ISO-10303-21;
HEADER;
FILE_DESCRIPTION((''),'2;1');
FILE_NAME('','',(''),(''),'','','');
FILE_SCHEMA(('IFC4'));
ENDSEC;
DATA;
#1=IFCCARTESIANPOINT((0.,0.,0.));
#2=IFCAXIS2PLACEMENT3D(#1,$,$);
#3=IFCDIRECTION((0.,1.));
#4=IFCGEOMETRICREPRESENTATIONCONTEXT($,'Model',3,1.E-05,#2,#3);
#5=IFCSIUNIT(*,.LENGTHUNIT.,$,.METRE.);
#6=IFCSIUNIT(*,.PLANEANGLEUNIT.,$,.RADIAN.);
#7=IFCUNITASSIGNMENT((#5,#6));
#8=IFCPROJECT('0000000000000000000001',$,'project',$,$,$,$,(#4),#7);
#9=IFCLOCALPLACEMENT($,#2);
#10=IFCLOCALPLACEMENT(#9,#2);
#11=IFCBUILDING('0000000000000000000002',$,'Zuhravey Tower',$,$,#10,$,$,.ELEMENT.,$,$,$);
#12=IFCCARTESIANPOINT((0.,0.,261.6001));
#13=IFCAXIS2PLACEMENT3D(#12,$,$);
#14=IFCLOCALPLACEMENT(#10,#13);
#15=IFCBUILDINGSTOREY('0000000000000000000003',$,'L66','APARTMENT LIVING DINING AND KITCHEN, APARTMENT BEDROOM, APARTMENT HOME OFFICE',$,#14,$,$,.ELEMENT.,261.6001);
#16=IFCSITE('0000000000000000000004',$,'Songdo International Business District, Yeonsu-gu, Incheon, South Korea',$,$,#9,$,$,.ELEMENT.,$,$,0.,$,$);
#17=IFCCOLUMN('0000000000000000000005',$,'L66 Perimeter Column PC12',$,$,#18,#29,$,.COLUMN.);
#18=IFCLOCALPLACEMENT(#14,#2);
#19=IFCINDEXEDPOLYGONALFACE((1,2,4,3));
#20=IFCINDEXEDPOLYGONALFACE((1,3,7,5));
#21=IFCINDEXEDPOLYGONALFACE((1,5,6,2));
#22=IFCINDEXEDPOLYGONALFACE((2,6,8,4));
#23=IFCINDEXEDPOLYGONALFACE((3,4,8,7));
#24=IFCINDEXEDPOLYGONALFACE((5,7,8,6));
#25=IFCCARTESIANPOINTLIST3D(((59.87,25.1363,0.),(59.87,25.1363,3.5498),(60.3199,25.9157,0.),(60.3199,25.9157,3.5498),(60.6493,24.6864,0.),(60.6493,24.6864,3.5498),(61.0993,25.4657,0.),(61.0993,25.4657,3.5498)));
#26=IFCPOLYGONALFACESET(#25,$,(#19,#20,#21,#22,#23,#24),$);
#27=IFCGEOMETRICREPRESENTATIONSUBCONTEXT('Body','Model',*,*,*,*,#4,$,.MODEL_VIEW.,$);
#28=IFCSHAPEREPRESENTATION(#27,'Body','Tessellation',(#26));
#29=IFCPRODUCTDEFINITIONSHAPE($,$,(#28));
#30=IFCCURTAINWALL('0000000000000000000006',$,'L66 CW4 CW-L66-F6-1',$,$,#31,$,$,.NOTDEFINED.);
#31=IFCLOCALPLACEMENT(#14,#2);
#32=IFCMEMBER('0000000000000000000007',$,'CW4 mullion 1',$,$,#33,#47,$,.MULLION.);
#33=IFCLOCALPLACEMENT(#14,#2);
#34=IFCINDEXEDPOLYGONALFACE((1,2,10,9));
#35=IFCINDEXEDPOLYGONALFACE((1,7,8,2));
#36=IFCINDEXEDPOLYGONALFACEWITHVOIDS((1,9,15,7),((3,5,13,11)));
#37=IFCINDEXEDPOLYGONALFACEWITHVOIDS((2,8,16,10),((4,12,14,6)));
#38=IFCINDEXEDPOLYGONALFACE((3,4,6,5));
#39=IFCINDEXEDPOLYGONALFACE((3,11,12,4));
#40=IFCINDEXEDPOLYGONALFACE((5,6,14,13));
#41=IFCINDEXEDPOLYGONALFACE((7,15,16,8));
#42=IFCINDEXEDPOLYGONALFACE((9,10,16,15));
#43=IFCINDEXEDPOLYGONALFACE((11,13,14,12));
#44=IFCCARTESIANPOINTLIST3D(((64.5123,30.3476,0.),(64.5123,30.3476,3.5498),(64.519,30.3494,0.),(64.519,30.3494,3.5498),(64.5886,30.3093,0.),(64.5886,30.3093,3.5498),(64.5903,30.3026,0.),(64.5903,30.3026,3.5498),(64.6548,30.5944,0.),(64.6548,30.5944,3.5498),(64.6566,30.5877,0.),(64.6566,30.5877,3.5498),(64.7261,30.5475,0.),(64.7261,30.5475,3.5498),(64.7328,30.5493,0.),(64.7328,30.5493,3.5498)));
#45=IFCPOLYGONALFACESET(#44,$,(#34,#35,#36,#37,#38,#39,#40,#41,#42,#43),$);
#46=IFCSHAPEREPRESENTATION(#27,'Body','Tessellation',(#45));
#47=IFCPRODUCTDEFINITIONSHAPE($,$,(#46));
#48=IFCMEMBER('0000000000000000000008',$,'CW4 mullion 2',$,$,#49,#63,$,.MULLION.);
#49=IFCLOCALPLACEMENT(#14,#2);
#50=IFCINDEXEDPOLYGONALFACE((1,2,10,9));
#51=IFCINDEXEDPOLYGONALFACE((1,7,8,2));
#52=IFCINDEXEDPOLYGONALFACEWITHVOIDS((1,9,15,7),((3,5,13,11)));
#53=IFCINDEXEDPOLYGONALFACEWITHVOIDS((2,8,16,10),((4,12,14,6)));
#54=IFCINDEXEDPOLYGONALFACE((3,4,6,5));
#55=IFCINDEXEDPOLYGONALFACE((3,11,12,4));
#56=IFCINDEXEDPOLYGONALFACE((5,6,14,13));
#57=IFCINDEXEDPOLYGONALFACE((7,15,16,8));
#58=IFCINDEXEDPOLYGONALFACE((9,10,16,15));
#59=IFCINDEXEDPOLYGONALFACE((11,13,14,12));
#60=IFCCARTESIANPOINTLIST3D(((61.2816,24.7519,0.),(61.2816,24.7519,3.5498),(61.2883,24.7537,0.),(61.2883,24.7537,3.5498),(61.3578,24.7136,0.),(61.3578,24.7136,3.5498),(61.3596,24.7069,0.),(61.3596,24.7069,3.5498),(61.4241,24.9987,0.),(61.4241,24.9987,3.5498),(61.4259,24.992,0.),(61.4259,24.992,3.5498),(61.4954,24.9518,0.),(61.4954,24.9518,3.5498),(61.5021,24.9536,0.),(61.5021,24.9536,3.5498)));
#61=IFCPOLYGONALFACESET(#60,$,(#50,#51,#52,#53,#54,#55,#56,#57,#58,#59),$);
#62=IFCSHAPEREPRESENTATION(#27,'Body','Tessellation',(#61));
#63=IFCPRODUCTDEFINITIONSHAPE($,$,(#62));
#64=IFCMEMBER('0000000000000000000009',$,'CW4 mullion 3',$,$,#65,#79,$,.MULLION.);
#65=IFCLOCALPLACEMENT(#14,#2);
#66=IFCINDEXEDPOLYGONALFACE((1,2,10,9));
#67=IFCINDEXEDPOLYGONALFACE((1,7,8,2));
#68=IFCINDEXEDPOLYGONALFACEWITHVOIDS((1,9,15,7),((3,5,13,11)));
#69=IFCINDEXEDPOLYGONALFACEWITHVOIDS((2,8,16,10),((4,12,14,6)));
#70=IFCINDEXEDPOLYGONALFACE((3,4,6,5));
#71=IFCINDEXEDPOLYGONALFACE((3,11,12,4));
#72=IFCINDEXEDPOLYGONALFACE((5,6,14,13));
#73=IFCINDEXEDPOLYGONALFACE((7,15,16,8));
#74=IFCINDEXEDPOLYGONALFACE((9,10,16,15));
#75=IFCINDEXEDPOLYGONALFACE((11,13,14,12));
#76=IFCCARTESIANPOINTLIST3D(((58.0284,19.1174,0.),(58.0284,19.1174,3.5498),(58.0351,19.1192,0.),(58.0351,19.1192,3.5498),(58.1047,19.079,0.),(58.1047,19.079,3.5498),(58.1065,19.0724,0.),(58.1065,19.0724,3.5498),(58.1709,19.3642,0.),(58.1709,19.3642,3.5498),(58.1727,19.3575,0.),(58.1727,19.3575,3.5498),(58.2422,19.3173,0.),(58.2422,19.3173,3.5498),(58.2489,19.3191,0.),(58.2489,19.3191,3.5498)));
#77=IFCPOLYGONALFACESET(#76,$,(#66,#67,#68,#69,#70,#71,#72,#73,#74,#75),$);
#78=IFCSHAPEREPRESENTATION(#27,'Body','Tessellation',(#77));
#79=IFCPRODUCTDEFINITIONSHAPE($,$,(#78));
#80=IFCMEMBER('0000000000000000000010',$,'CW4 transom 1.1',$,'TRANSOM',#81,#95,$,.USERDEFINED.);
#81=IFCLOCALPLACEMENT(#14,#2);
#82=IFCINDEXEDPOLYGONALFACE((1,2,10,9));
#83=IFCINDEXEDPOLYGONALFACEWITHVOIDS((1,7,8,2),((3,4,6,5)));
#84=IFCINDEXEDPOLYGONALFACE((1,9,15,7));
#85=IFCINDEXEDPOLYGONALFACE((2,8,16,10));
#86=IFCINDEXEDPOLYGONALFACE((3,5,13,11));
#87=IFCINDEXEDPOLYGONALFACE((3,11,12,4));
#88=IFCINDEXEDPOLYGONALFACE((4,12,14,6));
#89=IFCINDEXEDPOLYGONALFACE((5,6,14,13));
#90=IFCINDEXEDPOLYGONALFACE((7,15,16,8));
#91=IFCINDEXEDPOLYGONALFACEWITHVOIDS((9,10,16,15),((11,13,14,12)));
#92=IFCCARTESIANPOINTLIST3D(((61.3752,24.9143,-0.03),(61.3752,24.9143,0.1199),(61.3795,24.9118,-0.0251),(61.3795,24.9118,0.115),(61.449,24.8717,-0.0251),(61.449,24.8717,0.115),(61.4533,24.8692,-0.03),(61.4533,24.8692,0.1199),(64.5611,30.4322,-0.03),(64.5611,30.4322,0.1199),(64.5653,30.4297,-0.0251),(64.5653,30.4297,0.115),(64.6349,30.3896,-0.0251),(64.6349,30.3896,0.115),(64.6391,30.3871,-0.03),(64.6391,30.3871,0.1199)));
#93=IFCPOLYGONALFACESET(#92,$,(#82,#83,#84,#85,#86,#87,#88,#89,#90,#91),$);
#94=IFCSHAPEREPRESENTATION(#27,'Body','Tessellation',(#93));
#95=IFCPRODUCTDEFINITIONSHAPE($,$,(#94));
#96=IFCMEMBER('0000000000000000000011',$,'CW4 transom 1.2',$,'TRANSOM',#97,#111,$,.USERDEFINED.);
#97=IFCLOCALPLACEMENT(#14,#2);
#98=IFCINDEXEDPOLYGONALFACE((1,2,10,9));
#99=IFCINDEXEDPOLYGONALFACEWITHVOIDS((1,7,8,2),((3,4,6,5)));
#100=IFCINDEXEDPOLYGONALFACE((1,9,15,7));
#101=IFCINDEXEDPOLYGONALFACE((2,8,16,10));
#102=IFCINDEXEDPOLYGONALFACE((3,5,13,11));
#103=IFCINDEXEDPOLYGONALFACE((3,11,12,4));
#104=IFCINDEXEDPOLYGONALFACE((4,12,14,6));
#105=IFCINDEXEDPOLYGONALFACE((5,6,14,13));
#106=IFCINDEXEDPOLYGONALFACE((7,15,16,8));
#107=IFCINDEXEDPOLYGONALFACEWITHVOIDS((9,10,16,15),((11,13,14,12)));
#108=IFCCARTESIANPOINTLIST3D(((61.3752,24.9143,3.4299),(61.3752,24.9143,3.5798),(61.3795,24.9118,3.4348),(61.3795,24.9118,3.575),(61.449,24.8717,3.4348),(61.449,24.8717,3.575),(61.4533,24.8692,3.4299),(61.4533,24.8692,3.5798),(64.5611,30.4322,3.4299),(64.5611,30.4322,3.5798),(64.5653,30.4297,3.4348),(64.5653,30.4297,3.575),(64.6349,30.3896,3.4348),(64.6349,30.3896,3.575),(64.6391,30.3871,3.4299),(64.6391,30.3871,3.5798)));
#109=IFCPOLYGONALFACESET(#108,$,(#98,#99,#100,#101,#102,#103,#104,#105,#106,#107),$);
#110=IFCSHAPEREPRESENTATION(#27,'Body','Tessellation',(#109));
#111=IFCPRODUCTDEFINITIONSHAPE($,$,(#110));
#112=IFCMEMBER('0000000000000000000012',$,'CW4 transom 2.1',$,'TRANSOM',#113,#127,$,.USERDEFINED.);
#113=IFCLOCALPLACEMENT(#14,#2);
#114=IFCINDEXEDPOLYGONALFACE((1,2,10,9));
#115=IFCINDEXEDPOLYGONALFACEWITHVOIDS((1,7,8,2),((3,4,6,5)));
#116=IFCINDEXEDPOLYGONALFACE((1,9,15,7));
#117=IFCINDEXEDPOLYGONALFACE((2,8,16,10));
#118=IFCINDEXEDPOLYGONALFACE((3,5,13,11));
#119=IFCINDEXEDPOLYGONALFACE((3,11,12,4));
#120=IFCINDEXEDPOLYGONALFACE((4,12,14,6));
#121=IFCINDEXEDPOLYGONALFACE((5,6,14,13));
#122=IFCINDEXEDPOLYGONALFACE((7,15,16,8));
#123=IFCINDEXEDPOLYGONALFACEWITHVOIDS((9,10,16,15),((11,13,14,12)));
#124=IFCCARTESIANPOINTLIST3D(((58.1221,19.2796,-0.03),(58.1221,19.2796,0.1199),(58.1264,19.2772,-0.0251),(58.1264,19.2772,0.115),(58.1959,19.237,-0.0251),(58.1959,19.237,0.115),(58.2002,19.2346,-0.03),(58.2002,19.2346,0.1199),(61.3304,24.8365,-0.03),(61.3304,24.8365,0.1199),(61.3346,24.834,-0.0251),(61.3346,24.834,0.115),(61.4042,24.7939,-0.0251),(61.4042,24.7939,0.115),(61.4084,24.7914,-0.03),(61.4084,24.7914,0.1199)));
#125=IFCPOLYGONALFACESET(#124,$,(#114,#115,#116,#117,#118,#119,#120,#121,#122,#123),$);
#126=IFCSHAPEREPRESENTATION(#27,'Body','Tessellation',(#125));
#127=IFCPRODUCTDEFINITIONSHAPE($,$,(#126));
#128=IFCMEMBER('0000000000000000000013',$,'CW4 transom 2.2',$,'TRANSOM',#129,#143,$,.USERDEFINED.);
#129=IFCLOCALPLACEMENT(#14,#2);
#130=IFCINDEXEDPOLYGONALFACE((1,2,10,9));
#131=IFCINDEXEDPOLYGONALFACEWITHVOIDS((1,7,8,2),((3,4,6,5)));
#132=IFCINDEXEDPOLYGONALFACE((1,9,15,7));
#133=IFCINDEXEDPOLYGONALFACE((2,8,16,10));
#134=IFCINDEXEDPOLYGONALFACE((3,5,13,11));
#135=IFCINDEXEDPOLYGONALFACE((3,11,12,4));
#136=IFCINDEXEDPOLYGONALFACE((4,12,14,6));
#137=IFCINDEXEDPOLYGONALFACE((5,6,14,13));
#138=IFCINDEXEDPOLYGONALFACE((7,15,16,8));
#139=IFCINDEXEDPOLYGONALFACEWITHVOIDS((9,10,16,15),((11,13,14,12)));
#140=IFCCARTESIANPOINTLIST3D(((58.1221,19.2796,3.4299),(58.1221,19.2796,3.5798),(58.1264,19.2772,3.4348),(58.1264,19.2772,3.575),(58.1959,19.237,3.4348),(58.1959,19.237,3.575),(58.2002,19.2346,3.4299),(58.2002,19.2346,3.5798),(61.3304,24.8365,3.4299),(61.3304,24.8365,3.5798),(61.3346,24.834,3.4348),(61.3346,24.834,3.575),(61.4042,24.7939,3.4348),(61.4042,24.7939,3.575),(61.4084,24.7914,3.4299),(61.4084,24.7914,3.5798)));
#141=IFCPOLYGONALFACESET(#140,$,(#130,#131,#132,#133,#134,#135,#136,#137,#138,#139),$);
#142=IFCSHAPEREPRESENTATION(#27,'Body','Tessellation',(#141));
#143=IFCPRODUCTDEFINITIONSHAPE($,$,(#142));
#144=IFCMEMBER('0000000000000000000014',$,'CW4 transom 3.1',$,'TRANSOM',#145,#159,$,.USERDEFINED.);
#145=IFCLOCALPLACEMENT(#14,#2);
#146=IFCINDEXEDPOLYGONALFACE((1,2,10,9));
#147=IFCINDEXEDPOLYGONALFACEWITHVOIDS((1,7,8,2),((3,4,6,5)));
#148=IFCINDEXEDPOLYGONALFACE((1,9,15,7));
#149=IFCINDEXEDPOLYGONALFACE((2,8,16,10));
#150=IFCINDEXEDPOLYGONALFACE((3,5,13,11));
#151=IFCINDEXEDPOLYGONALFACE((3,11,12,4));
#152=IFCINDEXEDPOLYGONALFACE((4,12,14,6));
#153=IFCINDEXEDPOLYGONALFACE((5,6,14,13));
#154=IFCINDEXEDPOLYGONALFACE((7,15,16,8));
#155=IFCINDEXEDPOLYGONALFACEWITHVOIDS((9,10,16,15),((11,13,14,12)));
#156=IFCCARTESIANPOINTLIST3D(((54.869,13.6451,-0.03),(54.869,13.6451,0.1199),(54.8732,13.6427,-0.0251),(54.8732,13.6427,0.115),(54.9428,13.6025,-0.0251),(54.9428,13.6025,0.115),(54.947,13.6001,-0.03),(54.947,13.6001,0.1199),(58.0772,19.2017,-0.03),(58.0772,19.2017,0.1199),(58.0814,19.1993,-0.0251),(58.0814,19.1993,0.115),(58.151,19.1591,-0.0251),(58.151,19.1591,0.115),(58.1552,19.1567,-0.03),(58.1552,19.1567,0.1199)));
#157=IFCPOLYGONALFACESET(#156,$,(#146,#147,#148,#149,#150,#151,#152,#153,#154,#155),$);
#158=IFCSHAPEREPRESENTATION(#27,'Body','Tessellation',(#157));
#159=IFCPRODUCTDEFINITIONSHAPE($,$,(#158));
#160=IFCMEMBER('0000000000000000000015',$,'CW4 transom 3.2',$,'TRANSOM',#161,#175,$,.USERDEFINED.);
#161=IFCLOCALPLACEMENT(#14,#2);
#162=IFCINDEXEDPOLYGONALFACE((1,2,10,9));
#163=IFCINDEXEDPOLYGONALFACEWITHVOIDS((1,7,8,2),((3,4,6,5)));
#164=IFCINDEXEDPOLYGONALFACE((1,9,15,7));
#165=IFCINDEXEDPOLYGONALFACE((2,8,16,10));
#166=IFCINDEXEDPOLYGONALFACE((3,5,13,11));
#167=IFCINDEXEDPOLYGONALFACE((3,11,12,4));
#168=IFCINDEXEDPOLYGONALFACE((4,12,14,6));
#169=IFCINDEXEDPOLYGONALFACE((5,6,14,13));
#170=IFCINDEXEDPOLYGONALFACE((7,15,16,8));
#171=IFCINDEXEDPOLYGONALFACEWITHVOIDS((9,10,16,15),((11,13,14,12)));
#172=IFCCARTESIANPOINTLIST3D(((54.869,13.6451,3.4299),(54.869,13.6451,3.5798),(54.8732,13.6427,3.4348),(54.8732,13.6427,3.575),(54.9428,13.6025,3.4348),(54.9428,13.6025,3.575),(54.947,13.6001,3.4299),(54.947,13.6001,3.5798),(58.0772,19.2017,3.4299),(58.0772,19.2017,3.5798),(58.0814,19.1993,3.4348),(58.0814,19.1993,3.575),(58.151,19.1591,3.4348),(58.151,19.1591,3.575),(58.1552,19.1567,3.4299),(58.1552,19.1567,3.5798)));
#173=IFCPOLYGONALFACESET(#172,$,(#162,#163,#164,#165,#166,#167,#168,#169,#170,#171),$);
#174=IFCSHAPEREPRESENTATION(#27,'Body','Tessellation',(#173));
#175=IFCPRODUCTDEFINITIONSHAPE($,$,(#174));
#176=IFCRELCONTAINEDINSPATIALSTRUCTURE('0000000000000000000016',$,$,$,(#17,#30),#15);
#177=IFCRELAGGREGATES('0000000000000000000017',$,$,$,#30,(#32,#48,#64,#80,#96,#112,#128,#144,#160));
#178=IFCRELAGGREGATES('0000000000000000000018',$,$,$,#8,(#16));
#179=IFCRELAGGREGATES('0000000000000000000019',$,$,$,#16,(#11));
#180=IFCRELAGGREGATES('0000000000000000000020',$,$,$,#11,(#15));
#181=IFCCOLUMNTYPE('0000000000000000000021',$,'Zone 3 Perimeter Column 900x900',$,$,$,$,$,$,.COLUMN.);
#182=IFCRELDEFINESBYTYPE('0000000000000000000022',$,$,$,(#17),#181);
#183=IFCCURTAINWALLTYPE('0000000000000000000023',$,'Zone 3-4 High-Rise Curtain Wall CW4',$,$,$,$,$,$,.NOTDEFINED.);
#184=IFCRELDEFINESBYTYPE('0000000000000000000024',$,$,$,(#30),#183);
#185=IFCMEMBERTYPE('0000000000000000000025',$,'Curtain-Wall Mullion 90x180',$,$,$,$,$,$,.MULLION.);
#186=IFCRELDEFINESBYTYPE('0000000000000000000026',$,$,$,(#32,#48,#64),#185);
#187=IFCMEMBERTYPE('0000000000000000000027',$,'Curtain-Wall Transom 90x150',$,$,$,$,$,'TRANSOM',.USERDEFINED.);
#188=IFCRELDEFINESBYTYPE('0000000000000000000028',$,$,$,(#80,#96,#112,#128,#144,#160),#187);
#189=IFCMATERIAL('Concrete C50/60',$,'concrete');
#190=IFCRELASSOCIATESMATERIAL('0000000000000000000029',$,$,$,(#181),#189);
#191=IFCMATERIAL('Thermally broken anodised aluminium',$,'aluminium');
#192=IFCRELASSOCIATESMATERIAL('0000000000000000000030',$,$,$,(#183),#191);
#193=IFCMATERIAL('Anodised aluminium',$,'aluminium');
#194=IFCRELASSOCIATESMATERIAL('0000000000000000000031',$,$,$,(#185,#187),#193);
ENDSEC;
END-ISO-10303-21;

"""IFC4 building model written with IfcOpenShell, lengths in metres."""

from ifc_helpers import new_model, si_unit, direction, frame, origin, origin_2d, place, context, subcontext, project, spatial, rectangle, hollow_rectangle, extrude, material, material_profile, profile_set, type_object, element, aggregate, save


model = new_model("IFC4")

# Units and contexts
model_context = context("Model", 3, precision=1e-05, world=origin(), true_north=direction((0.0, 1.0)))
body_context = subcontext(model_context, "Body", "Model", "MODEL_VIEW")
ifc_project = project(units=[si_unit("LENGTHUNIT", "METRE"), si_unit("PLANEANGLEUNIT", "RADIAN")], contexts=[model_context])

# Site, building, storey
site_placement = place(None, origin())
site = spatial("IfcSite", under=ifc_project, at=site_placement, Name="Songdo International Business District, Yeonsu-gu, Incheon, South Korea", CompositionType="ELEMENT", RefElevation=0.0)
building_placement = place(site_placement, origin())
building = spatial("IfcBuilding", under=site, at=building_placement, Name="Zuhravey Tower", CompositionType="ELEMENT")
storey_placement = place(building_placement, frame((0.0, 0.0, 261.6001)))
storey = spatial("IfcBuildingStorey", under=building, at=storey_placement, Name="L66", Description="APARTMENT LIVING DINING AND KITCHEN, APARTMENT BEDROOM, APARTMENT HOME OFFICE", CompositionType="ELEMENT", Elevation=261.6001)

# Column
ifc_material_1 = material(Name="Concrete C50/60", Category="concrete")
ifc_material_profile_1 = material_profile(ifc_material_1, rectangle(XDim=0.8999, YDim=0.8999, at=origin_2d()), Name="RC-900x900")
ifc_profile_set_1 = profile_set([ifc_material_profile_1], Name="Concrete C50/60")
column_type = type_object("IfcColumnType", Name="Zone 3 Perimeter Column 900x900", PredefinedType="COLUMN", material=ifc_profile_set_1)
column_placement = place(storey_placement, frame((60.4846, 25.301, 0.0), z_axis=(0.0, 0.0, 1.0), x_axis=(0.5, 0.866025, 0.0)))
element("IfcColumn", 1, at=column_placement, inside=storey, type_object=column_type, Name="L66 Perimeter Column PC12", PredefinedType="COLUMN", context=body_context, shape_type="SweptSolid", body=[
    extrude(rectangle(XDim=0.8999, YDim=0.8999, at=origin_2d()), origin(), (0.0, 0.0, 1.0), 3.5498),
])

# Curtain wall, members
ifc_material_2 = material(Name="Thermally broken anodised aluminium", Category="aluminium")
curtain_wall_type = type_object("IfcCurtainWallType", Name="Zone 3-4 High-Rise Curtain Wall CW4", PredefinedType="NOTDEFINED", material=ifc_material_2)
curtain_wall_placement = place(storey_placement, origin())
curtain_wall = element("IfcCurtainWall", 2, at=curtain_wall_placement, inside=storey, type_object=curtain_wall_type, Name="L66 CW4 CW-L66-F6-1", PredefinedType="NOTDEFINED")
ifc_material_3 = material(Name="Anodised aluminium", Category="aluminium")
ifc_material_profile_2 = material_profile(ifc_material_3, hollow_rectangle(XDim=0.0901, YDim=0.2849, WallThickness=0.0049, at=origin_2d()), Name="ALU-RHS-90x285x5")
ifc_profile_set_2 = profile_set([ifc_material_profile_2], Name="Anodised aluminium")
member_type_1 = type_object("IfcMemberType", Name="Curtain-Wall Mullion 90x180", PredefinedType="MULLION", material=ifc_profile_set_2)
member_1_placement = place(storey_placement, frame((64.6226, 30.4485, 0.0), z_axis=(0.0, 0.0, 1.0), x_axis=(0.866025, -0.500001, 0.0)))
member_1 = element("IfcMember", 3, at=member_1_placement, type_object=member_type_1, Name="CW4 mullion 1", PredefinedType="MULLION", context=body_context, shape_type="SweptSolid", body=[
    extrude(hollow_rectangle(XDim=0.0901, YDim=0.2849, WallThickness=0.0049, at=origin_2d()), origin(), (0.0, 0.0, 1.0), 3.5498),
])
member_2_placement = place(storey_placement, frame((61.3918, 24.8528, 0.0), z_axis=(0.0, 0.0, 1.0), x_axis=(0.866025, -0.500001, 0.0)))
member_2 = element("IfcMember", 4, at=member_2_placement, type_object=member_type_1, Name="CW4 mullion 2", PredefinedType="MULLION", context=body_context, shape_type="SweptSolid", body=[
    extrude(hollow_rectangle(XDim=0.0901, YDim=0.2849, WallThickness=0.0049, at=origin_2d()), origin(), (0.0, 0.0, 1.0), 3.5498),
])
member_3_placement = place(storey_placement, frame((58.1387, 19.2183, 0.0), z_axis=(0.0, 0.0, 1.0), x_axis=(0.866025, -0.500001, 0.0)))
member_3 = element("IfcMember", 5, at=member_3_placement, type_object=member_type_1, Name="CW4 mullion 3", PredefinedType="MULLION", context=body_context, shape_type="SweptSolid", body=[
    extrude(hollow_rectangle(XDim=0.0901, YDim=0.2849, WallThickness=0.0049, at=origin_2d()), origin(), (0.0, 0.0, 1.0), 3.5498),
])
ifc_material_profile_3 = material_profile(ifc_material_3, hollow_rectangle(XDim=0.0901, YDim=0.1499, WallThickness=0.0049, at=origin_2d()), Name="ALU-RHS-90x150x5")
ifc_profile_set_3 = profile_set([ifc_material_profile_3], Name="Anodised aluminium")
member_type_2 = type_object("IfcMemberType", Name="Curtain-Wall Transom 90x150", ElementType="TRANSOM", PredefinedType="USERDEFINED", material=ifc_profile_set_3)
member_4_placement = place(storey_placement, frame((64.6001, 30.4097, 0.0449), z_axis=(-0.500009, -0.86602, 0.0), x_axis=(0.86602, -0.500009, 0.0)))
member_4 = element("IfcMember", 6, at=member_4_placement, type_object=member_type_2, Name="CW4 transom 1.1", ObjectType="TRANSOM", PredefinedType="USERDEFINED", context=body_context, shape_type="SweptSolid", body=[
    extrude(hollow_rectangle(XDim=0.0901, YDim=0.1499, WallThickness=0.0049, at=origin_2d()), origin(), (0.0, 0.0, 1.0), 6.3716),
])
member_5_placement = place(storey_placement, frame((64.6001, 30.4097, 3.5049), z_axis=(-0.500009, -0.86602, 0.0), x_axis=(0.86602, -0.500009, 0.0)))
member_5 = element("IfcMember", 7, at=member_5_placement, type_object=member_type_2, Name="CW4 transom 1.2", ObjectType="TRANSOM", PredefinedType="USERDEFINED", context=body_context, shape_type="SweptSolid", body=[
    extrude(hollow_rectangle(XDim=0.0901, YDim=0.1499, WallThickness=0.0049, at=origin_2d()), origin(), (0.0, 0.0, 1.0), 6.3716),
])
member_6_placement = place(storey_placement, frame((61.3694, 24.814, 0.0449), z_axis=(-0.499998, -0.866027, 0.0), x_axis=(0.866027, -0.499998, 0.0)))
member_6 = element("IfcMember", 8, at=member_6_placement, type_object=member_type_2, Name="CW4 transom 2.1", ObjectType="TRANSOM", PredefinedType="USERDEFINED", context=body_context, shape_type="SweptSolid", body=[
    extrude(hollow_rectangle(XDim=0.0901, YDim=0.1499, WallThickness=0.0049, at=origin_2d()), origin(), (0.0, 0.0, 1.0), 6.4165),
])
member_7_placement = place(storey_placement, frame((61.3694, 24.814, 3.5049), z_axis=(-0.499998, -0.866027, 0.0), x_axis=(0.866027, -0.499998, 0.0)))
member_7 = element("IfcMember", 9, at=member_7_placement, type_object=member_type_2, Name="CW4 transom 2.2", ObjectType="TRANSOM", PredefinedType="USERDEFINED", context=body_context, shape_type="SweptSolid", body=[
    extrude(hollow_rectangle(XDim=0.0901, YDim=0.1499, WallThickness=0.0049, at=origin_2d()), origin(), (0.0, 0.0, 1.0), 6.4165),
])
member_8_placement = place(storey_placement, frame((58.1162, 19.1792, 0.0449), z_axis=(-0.500014, -0.866017, 0.0), x_axis=(0.866017, -0.500014, 0.0)))
member_8 = element("IfcMember", 10, at=member_8_placement, type_object=member_type_2, Name="CW4 transom 3.1", ObjectType="TRANSOM", PredefinedType="USERDEFINED", context=body_context, shape_type="SweptSolid", body=[
    extrude(hollow_rectangle(XDim=0.0901, YDim=0.1499, WallThickness=0.0049, at=origin_2d()), origin(), (0.0, 0.0, 1.0), 6.4163),
])
member_9_placement = place(storey_placement, frame((58.1162, 19.1792, 3.5049), z_axis=(-0.500014, -0.866017, 0.0), x_axis=(0.866017, -0.500014, 0.0)))
member_9 = element("IfcMember", 11, at=member_9_placement, type_object=member_type_2, Name="CW4 transom 3.2", ObjectType="TRANSOM", PredefinedType="USERDEFINED", context=body_context, shape_type="SweptSolid", body=[
    extrude(hollow_rectangle(XDim=0.0901, YDim=0.1499, WallThickness=0.0049, at=origin_2d()), origin(), (0.0, 0.0, 1.0), 6.4163),
])

aggregate(curtain_wall, [member_1, member_2, member_3, member_4, member_5, member_6, member_7, member_8, member_9])

save(model, "model.ifc")
